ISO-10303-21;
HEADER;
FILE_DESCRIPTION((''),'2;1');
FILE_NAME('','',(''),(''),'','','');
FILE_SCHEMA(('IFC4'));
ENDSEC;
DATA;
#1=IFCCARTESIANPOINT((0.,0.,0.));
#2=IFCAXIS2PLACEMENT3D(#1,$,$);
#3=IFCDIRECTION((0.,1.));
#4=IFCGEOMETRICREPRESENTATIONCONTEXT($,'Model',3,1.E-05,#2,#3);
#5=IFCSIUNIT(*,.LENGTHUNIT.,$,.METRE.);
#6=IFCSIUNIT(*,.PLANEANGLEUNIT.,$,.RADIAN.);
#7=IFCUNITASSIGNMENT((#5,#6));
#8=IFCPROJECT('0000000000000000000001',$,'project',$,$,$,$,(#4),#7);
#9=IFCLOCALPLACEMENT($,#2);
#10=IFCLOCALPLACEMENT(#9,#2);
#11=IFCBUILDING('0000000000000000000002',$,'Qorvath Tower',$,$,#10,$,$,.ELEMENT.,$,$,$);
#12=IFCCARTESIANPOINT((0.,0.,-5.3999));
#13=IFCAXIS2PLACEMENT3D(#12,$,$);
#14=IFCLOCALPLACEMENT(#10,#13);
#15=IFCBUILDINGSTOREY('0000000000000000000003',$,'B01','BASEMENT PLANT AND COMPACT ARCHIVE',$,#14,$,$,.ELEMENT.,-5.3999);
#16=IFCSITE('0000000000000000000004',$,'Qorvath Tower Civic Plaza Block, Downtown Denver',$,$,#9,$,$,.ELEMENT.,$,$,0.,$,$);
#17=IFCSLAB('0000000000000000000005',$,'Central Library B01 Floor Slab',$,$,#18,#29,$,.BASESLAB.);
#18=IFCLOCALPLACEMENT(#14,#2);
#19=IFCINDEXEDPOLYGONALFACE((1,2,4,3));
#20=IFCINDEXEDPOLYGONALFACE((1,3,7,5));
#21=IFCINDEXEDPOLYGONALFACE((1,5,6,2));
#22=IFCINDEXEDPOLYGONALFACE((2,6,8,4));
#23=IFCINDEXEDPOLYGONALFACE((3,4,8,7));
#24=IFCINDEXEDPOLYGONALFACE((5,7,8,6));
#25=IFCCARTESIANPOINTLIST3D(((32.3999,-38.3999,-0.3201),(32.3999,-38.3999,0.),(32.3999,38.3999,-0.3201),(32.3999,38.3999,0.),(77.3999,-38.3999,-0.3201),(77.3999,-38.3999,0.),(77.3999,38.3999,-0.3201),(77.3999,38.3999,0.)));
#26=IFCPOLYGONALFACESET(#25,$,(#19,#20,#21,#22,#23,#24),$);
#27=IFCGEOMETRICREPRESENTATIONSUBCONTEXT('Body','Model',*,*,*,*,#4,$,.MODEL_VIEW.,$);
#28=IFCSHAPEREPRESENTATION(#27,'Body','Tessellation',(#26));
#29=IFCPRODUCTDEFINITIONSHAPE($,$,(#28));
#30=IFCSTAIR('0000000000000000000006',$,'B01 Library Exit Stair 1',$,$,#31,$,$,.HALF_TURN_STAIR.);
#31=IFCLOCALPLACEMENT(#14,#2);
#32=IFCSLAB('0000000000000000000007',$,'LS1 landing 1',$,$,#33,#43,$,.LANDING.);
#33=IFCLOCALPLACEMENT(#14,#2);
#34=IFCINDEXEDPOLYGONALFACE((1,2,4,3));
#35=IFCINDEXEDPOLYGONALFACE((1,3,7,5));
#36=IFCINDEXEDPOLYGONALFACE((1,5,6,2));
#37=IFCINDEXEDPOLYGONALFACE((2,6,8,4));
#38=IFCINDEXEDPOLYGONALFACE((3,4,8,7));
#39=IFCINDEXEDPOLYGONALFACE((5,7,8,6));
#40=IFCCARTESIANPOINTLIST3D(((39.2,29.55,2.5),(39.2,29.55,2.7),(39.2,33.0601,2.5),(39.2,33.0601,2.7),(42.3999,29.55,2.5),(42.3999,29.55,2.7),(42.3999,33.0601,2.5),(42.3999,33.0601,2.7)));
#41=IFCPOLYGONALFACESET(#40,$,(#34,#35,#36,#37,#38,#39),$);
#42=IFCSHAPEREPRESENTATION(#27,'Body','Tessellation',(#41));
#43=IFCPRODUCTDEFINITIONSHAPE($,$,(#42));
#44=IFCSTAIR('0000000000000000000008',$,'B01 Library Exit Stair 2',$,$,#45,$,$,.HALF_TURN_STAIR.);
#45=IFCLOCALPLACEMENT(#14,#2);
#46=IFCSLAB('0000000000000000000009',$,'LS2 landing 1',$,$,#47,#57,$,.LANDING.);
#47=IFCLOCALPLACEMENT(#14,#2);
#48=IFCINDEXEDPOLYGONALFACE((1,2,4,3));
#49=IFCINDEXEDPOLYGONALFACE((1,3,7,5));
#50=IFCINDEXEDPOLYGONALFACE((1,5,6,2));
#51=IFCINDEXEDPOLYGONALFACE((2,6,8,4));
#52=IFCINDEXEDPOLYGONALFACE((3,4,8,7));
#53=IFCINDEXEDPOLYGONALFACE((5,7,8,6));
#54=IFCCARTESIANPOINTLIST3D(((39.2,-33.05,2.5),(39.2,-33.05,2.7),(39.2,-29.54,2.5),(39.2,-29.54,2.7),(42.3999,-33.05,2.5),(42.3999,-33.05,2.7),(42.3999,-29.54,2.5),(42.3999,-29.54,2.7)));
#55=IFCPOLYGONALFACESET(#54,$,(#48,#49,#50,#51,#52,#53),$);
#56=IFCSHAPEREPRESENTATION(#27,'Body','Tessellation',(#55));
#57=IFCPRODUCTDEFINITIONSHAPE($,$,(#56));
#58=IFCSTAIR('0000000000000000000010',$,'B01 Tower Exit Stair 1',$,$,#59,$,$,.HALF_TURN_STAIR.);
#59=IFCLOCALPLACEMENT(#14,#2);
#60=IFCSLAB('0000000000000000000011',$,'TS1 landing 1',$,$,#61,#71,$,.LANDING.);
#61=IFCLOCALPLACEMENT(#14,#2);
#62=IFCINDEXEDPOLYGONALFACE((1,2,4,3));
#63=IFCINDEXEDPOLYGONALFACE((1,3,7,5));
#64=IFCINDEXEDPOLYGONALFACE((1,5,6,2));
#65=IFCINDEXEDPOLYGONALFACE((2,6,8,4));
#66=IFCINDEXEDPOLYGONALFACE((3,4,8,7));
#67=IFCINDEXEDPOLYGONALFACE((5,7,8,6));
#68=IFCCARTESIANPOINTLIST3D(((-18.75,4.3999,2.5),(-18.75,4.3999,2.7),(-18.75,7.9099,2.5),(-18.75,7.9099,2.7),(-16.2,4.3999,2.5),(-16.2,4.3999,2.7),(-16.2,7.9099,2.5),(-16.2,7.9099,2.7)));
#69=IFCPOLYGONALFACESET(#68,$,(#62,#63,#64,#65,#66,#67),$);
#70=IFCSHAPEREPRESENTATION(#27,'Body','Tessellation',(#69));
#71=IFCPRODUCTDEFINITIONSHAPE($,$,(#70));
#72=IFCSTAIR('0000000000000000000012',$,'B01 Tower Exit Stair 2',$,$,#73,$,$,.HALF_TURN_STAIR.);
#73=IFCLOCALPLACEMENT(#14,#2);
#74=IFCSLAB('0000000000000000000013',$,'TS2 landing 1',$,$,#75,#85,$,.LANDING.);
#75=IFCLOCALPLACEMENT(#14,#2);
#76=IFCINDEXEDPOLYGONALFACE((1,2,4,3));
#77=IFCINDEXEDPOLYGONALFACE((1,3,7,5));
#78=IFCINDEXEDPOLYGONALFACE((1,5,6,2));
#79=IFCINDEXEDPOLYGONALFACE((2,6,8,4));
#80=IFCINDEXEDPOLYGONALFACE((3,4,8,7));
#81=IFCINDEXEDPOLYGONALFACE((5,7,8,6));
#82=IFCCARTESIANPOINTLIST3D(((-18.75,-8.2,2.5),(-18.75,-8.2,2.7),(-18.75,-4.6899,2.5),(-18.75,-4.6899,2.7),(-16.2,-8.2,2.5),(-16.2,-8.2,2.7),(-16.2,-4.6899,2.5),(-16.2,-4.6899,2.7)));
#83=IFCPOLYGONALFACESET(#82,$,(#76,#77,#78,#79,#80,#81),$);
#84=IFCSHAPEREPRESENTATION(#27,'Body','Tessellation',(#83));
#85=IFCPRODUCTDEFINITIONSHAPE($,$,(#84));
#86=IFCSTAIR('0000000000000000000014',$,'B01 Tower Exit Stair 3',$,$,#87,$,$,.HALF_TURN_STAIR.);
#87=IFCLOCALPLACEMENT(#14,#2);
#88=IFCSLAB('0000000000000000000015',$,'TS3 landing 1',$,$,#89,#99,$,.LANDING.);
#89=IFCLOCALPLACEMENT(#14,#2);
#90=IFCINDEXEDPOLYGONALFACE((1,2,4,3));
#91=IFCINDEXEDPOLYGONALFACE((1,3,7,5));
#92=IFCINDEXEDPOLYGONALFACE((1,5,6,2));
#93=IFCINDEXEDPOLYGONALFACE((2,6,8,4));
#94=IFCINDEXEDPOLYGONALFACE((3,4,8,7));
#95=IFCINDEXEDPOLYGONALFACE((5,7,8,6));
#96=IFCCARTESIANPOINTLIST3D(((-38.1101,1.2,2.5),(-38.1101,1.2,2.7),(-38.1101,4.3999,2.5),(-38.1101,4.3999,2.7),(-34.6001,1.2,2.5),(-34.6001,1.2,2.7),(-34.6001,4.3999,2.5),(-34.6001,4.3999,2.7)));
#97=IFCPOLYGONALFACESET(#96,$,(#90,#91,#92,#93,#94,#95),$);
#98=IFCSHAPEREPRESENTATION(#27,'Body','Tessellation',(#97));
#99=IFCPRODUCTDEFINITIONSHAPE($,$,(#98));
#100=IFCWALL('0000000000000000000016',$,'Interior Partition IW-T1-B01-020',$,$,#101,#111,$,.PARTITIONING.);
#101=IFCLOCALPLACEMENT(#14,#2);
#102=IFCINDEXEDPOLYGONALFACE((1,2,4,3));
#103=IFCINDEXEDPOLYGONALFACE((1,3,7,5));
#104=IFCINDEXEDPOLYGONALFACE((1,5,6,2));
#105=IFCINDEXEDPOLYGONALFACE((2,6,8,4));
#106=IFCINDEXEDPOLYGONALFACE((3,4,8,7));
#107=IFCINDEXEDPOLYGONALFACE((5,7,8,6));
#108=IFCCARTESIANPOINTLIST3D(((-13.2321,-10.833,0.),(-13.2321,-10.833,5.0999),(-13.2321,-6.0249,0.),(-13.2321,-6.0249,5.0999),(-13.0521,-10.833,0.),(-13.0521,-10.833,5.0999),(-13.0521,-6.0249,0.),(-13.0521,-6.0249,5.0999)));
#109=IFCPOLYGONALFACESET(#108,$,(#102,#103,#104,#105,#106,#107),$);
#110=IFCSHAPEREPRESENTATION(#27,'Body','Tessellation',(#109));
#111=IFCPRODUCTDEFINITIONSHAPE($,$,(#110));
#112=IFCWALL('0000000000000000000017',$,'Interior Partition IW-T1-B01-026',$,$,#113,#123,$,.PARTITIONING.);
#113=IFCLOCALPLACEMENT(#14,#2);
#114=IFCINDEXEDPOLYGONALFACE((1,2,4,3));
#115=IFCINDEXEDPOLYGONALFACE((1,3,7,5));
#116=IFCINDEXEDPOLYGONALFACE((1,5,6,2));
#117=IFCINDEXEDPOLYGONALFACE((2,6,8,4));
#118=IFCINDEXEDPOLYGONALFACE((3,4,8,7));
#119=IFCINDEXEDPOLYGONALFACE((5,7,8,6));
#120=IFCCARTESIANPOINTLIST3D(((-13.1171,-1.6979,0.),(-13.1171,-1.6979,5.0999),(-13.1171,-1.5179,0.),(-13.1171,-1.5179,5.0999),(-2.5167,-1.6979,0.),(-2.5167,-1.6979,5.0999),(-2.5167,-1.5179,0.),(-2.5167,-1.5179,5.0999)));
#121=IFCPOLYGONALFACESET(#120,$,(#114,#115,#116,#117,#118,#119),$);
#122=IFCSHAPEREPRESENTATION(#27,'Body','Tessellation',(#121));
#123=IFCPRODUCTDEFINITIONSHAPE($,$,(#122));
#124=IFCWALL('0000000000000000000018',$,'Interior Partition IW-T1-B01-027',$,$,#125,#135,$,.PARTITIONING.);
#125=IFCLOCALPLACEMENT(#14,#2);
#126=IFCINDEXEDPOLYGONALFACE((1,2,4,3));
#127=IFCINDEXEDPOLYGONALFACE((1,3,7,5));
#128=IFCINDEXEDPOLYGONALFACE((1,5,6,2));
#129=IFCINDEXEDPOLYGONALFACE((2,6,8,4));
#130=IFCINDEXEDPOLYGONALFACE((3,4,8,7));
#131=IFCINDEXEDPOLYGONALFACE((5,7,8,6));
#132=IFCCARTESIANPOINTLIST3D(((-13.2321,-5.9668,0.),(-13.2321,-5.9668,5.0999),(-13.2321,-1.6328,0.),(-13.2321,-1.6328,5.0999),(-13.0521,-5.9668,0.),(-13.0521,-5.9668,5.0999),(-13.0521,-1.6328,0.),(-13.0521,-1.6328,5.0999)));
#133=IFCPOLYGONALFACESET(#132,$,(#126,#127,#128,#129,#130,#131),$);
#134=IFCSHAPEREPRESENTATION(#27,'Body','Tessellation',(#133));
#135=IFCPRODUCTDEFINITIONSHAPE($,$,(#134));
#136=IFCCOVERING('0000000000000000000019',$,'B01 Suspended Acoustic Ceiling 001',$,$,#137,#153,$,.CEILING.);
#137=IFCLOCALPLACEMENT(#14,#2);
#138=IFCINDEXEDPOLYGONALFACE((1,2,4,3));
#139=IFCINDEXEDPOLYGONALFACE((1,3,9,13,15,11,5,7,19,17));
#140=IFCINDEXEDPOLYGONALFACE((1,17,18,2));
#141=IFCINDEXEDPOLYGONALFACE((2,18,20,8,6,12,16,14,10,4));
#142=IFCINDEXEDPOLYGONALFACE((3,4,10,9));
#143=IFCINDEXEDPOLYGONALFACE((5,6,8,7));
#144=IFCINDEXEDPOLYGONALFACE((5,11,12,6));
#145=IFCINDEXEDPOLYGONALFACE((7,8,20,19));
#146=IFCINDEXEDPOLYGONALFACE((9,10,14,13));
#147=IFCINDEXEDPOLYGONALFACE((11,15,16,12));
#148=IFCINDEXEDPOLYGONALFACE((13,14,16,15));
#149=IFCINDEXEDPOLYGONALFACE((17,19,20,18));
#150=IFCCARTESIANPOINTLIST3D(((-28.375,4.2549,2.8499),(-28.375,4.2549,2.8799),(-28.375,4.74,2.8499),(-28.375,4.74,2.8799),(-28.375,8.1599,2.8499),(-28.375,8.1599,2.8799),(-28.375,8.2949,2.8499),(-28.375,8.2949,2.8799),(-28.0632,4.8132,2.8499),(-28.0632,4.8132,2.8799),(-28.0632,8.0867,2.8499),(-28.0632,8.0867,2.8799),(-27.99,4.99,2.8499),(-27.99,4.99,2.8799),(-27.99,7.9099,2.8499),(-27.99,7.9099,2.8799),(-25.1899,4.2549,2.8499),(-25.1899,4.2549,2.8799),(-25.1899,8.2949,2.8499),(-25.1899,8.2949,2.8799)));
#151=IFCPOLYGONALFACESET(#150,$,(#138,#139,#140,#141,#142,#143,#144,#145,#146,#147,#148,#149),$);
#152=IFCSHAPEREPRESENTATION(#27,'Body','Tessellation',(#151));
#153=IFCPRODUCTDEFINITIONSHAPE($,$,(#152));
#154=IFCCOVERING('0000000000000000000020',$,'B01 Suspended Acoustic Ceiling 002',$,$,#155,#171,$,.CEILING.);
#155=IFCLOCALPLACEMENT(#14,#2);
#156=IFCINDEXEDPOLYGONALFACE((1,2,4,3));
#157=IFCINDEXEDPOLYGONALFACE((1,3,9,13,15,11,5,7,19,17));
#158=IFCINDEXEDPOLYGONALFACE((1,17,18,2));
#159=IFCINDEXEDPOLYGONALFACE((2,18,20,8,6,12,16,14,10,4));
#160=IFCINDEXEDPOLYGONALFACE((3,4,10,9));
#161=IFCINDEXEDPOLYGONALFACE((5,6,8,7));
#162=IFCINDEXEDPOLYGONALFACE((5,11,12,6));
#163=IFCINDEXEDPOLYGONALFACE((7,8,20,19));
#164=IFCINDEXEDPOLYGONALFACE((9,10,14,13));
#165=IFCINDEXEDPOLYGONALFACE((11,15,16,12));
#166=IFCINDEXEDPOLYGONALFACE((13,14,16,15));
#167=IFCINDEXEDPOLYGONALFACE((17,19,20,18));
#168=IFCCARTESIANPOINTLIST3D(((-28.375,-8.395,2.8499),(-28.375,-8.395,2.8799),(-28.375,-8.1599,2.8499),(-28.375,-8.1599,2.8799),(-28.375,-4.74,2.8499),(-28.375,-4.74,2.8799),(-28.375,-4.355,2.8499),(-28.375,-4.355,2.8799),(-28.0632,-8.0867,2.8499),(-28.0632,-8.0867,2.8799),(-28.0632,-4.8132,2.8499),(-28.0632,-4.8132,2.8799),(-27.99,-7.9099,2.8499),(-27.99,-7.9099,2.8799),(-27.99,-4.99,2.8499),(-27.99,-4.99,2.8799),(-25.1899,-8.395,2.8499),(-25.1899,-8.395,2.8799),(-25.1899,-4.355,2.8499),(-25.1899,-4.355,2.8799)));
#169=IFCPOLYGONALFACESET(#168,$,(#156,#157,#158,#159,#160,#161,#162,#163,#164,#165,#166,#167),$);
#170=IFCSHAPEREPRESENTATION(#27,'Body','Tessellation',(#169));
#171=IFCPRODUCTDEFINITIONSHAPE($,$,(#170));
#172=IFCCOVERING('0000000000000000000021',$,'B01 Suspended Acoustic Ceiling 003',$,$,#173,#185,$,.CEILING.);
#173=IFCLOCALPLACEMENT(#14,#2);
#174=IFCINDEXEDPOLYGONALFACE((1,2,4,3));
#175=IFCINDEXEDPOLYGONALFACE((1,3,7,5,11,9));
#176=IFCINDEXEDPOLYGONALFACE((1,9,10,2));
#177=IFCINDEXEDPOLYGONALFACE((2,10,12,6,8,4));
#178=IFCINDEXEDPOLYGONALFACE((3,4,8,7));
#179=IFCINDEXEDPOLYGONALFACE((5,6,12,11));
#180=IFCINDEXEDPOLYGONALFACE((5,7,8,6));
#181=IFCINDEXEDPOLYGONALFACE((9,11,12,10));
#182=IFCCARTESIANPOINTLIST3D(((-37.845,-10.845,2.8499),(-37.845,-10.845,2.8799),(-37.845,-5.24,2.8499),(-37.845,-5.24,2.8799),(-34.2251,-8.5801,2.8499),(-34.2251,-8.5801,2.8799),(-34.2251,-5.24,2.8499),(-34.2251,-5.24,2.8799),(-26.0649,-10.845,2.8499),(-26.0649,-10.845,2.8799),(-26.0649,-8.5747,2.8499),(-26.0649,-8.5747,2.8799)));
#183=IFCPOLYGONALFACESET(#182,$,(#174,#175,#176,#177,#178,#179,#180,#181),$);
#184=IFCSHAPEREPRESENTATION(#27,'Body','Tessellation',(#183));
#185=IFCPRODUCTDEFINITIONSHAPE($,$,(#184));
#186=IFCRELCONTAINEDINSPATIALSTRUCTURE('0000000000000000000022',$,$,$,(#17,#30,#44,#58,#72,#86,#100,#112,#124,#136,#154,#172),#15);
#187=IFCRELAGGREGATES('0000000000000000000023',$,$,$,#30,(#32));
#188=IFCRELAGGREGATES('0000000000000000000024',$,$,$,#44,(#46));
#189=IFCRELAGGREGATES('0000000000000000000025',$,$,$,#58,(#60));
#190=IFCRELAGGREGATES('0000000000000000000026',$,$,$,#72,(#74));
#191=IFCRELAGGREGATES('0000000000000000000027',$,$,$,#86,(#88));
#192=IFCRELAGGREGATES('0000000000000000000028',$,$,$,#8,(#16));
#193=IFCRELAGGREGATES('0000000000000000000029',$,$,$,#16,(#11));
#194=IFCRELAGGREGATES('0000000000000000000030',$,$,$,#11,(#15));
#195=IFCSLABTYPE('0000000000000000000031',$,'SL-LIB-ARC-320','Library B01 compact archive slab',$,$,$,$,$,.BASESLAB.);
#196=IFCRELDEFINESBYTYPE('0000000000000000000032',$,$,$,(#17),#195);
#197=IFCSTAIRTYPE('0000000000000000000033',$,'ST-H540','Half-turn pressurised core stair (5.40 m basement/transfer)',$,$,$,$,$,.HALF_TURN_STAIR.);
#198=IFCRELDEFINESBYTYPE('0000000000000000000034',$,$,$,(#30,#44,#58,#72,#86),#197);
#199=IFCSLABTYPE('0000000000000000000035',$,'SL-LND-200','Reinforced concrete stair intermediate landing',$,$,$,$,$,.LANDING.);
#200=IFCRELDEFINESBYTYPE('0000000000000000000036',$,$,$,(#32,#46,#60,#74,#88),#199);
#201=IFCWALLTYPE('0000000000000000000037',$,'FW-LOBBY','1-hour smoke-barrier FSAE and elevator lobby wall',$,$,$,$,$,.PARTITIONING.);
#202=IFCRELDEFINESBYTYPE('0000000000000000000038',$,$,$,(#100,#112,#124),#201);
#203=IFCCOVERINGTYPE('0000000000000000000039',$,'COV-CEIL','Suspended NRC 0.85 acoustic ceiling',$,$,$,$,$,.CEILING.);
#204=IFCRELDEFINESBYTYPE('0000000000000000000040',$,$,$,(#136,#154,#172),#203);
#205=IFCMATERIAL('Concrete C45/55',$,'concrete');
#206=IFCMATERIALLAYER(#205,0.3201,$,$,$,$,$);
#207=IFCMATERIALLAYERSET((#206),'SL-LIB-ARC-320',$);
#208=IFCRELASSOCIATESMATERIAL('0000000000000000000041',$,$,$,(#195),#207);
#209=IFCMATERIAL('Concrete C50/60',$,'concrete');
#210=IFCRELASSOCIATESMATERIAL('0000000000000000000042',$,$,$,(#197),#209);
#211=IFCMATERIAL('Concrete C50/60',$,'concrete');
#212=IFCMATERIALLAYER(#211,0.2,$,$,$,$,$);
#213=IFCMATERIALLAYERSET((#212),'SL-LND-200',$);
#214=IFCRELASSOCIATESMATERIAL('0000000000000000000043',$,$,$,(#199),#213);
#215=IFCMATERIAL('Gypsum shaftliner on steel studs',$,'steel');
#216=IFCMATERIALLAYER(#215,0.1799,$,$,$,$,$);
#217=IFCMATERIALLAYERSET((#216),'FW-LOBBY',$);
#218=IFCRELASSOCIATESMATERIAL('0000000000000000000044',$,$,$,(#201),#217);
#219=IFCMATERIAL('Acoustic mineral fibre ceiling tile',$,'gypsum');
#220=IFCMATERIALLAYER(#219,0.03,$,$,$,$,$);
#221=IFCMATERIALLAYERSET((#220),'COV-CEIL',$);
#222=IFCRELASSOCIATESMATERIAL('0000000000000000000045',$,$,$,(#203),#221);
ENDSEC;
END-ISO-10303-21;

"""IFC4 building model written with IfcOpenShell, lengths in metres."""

from ifc_helpers import new_model, si_unit, direction, frame, frame_2d, origin, place, context, subcontext, project, spatial, polyline, rectangle, outline, extrude, material, layer, layer_set, type_object, element, aggregate, save


model = new_model("IFC4")

# Units and contexts
model_context = context("Model", 3, precision=1e-05, world=origin(), true_north=direction((0.0, 1.0)))
body_context = subcontext(model_context, "Body", "Model", "MODEL_VIEW")
ifc_project = project(units=[si_unit("LENGTHUNIT", "METRE"), si_unit("PLANEANGLEUNIT", "RADIAN")], contexts=[model_context])

# Site, building, storey
site_placement = place(None, origin())
site = spatial("IfcSite", under=ifc_project, at=site_placement, Name="Qorvath Tower Civic Plaza Block, Downtown Denver", CompositionType="ELEMENT", RefElevation=0.0)
building_placement = place(site_placement, origin())
building = spatial("IfcBuilding", under=site, at=building_placement, Name="Qorvath Tower", CompositionType="ELEMENT")
storey_placement = place(building_placement, frame((0.0, 0.0, -5.3999)))
storey = spatial("IfcBuildingStorey", under=building, at=storey_placement, Name="B01", Description="BASEMENT PLANT AND COMPACT ARCHIVE", CompositionType="ELEMENT", Elevation=-5.3999)

# Slab
ifc_material_1 = material(Name="Concrete C45/55", Category="concrete")
ifc_layer_1 = layer(ifc_material_1, 0.3201)
ifc_layer_set_1 = layer_set([ifc_layer_1], Name="SL-LIB-ARC-320")
slab_type_1 = type_object("IfcSlabType", Name="SL-LIB-ARC-320", Description="Library B01 compact archive slab", PredefinedType="BASESLAB", material=ifc_layer_set_1)
slab_1_placement = place(storey_placement, frame((0.0, 0.0, -0.3201)))
element("IfcSlab", 1, at=slab_1_placement, inside=storey, type_object=slab_type_1, Name="Central Library B01 Floor Slab", PredefinedType="BASESLAB", context=body_context, shape_type="SweptSolid", body=[
    extrude(outline(polyline([(77.3999, 38.3999), (32.3999, 38.3999), (32.3999, -38.3999), (77.3999, -38.3999), (77.3999, 38.3999)])), origin(), (0.0, 0.0, 1.0), 0.3201),
])

# Stairs, slabs
ifc_material_2 = material(Name="Concrete C50/60", Category="concrete")
stair_type = type_object("IfcStairType", Name="ST-H540", Description="Half-turn pressurised core stair (5.40 m basement/transfer)", PredefinedType="HALF_TURN_STAIR", material=ifc_material_2)
stair_1_placement = place(storey_placement, origin())
stair_1 = element("IfcStair", 2, at=stair_1_placement, inside=storey, type_object=stair_type, Name="B01 Library Exit Stair 1", PredefinedType="HALF_TURN_STAIR")
ifc_material_3 = material(Name="Concrete C50/60", Category="concrete")
ifc_layer_2 = layer(ifc_material_3, 0.2)
ifc_layer_set_2 = layer_set([ifc_layer_2], Name="SL-LND-200")
slab_type_2 = type_object("IfcSlabType", Name="SL-LND-200", Description="Reinforced concrete stair intermediate landing", PredefinedType="LANDING", material=ifc_layer_set_2)
slab_2_placement = place(storey_placement, frame((0.0, 0.0, 2.5)))
slab_2 = element("IfcSlab", 3, at=slab_2_placement, type_object=slab_type_2, Name="LS1 landing 1", PredefinedType="LANDING", context=body_context, shape_type="SweptSolid", body=[
    extrude(outline(polyline([(39.2, 29.55), (42.3999, 29.55), (42.3999, 33.0601), (39.2, 33.0601), (39.2, 29.55)])), origin(), (0.0, 0.0, 1.0), 0.2),
])
aggregate(stair_1, [slab_2])
stair_2_placement = place(storey_placement, origin())
stair_2 = element("IfcStair", 4, at=stair_2_placement, inside=storey, type_object=stair_type, Name="B01 Library Exit Stair 2", PredefinedType="HALF_TURN_STAIR")
slab_3_placement = place(storey_placement, frame((0.0, 0.0, 2.5)))
slab_3 = element("IfcSlab", 5, at=slab_3_placement, type_object=slab_type_2, Name="LS2 landing 1", PredefinedType="LANDING", context=body_context, shape_type="SweptSolid", body=[
    extrude(outline(polyline([(39.2, -33.05), (42.3999, -33.05), (42.3999, -29.54), (39.2, -29.54), (39.2, -33.05)])), origin(), (0.0, 0.0, 1.0), 0.2),
])
aggregate(stair_2, [slab_3])
stair_3_placement = place(storey_placement, origin())
stair_3 = element("IfcStair", 6, at=stair_3_placement, inside=storey, type_object=stair_type, Name="B01 Tower Exit Stair 1", PredefinedType="HALF_TURN_STAIR")
slab_4_placement = place(storey_placement, frame((0.0, 0.0, 2.5)))
slab_4 = element("IfcSlab", 7, at=slab_4_placement, type_object=slab_type_2, Name="TS1 landing 1", PredefinedType="LANDING", context=body_context, shape_type="SweptSolid", body=[
    extrude(outline(polyline([(-18.75, 4.3999), (-16.2, 4.3999), (-16.2, 7.9099), (-18.75, 7.9099), (-18.75, 4.3999)])), origin(), (0.0, 0.0, 1.0), 0.2),
])
aggregate(stair_3, [slab_4])
stair_4_placement = place(storey_placement, origin())
stair_4 = element("IfcStair", 8, at=stair_4_placement, inside=storey, type_object=stair_type, Name="B01 Tower Exit Stair 2", PredefinedType="HALF_TURN_STAIR")
slab_5_placement = place(storey_placement, frame((0.0, 0.0, 2.5)))
slab_5 = element("IfcSlab", 9, at=slab_5_placement, type_object=slab_type_2, Name="TS2 landing 1", PredefinedType="LANDING", context=body_context, shape_type="SweptSolid", body=[
    extrude(outline(polyline([(-18.75, -8.2), (-16.2, -8.2), (-16.2, -4.6899), (-18.75, -4.6899), (-18.75, -8.2)])), origin(), (0.0, 0.0, 1.0), 0.2),
])
aggregate(stair_4, [slab_5])
stair_5_placement = place(storey_placement, origin())
stair_5 = element("IfcStair", 10, at=stair_5_placement, inside=storey, type_object=stair_type, Name="B01 Tower Exit Stair 3", PredefinedType="HALF_TURN_STAIR")
slab_6_placement = place(storey_placement, frame((0.0, 0.0, 2.5)))
slab_6 = element("IfcSlab", 11, at=slab_6_placement, type_object=slab_type_2, Name="TS3 landing 1", PredefinedType="LANDING", context=body_context, shape_type="SweptSolid", body=[
    extrude(outline(polyline([(-34.6001, 1.2), (-34.6001, 4.3999), (-38.1101, 4.3999), (-38.1101, 1.2), (-34.6001, 1.2)])), origin(), (0.0, 0.0, 1.0), 0.2),
])
aggregate(stair_5, [slab_6])

# Walls
ifc_material_4 = material(Name="Gypsum shaftliner on steel studs", Category="steel")
ifc_layer_3 = layer(ifc_material_4, 0.1799)
ifc_layer_set_3 = layer_set([ifc_layer_3], Name="FW-LOBBY")
wall_type = type_object("IfcWallType", Name="FW-LOBBY", Description="1-hour smoke-barrier FSAE and elevator lobby wall", PredefinedType="PARTITIONING", material=ifc_layer_set_3)
wall_1_placement = place(storey_placement, frame((-13.1421, -6.0249, 0.0), z_axis=(0.0, 0.0, 1.0), x_axis=(0.0, -1.0, 0.0)))
element("IfcWall", 12, at=wall_1_placement, inside=storey, type_object=wall_type, Name="Interior Partition IW-T1-B01-020", PredefinedType="PARTITIONING", context=body_context, shape_type="SweptSolid", body=[
    extrude(rectangle(XDim=4.8081, YDim=0.1799, at=frame_2d((2.4041, 0.0))), origin(), (0.0, 0.0, 1.0), 5.0999),
])
wall_2_placement = place(storey_placement, frame((-13.1172, -1.6079, 0.0), z_axis=(0.0, 0.0, 1.0), x_axis=(1.0, 0.0, 0.0)))
element("IfcWall", 13, at=wall_2_placement, inside=storey, type_object=wall_type, Name="Interior Partition IW-T1-B01-026", PredefinedType="PARTITIONING", context=body_context, shape_type="SweptSolid", body=[
    extrude(rectangle(XDim=10.6003, YDim=0.1799, at=frame_2d((5.3003, 0.0))), origin(), (0.0, 0.0, 1.0), 5.0999),
])
wall_3_placement = place(storey_placement, frame((-13.1421, -1.6328, 0.0), z_axis=(0.0, 0.0, 1.0), x_axis=(0.0, -1.0, 0.0)))
element("IfcWall", 14, at=wall_3_placement, inside=storey, type_object=wall_type, Name="Interior Partition IW-T1-B01-027", PredefinedType="PARTITIONING", context=body_context, shape_type="SweptSolid", body=[
    extrude(rectangle(XDim=4.334, YDim=0.1799, at=frame_2d((2.167, 0.0))), origin(), (0.0, 0.0, 1.0), 5.0999),
])

# Coverings
ifc_material_5 = material(Name="Acoustic mineral fibre ceiling tile", Category="gypsum")
ifc_layer_4 = layer(ifc_material_5, 0.03)
ifc_layer_set_4 = layer_set([ifc_layer_4], Name="COV-CEIL")
covering_type_1 = type_object("IfcCoveringType", Name="COV-CEIL", Description="Suspended NRC 0.85 acoustic ceiling", PredefinedType="CEILING", material=ifc_layer_set_4)
covering_1_placement = place(storey_placement, frame((0.0, 0.0, 2.8499)))
element("IfcCovering", 15, at=covering_1_placement, inside=storey, type_object=covering_type_1, Name="B01 Suspended Acoustic Ceiling 001", PredefinedType="CEILING", context=body_context, shape_type="SweptSolid", body=[
    extrude(outline(polyline([(-25.1899, 4.2549), (-25.1899, 8.2949), (-28.375, 8.2949), (-28.375, 8.1599), (-28.0632, 8.0867), (-27.99, 7.9099), (-27.99, 4.99), (-28.0632, 4.8132), (-28.375, 4.74), (-28.375, 4.2549), (-25.1899, 4.2549)])), origin(), (0.0, 0.0, 1.0), 0.03),
])
covering_2_placement = place(storey_placement, frame((0.0, 0.0, 2.8499)))
element("IfcCovering", 16, at=covering_2_placement, inside=storey, type_object=covering_type_1, Name="B01 Suspended Acoustic Ceiling 002", PredefinedType="CEILING", context=body_context, shape_type="SweptSolid", body=[
    extrude(outline(polyline([(-25.1899, -8.395), (-25.1899, -4.355), (-28.375, -4.355), (-28.375, -4.74), (-28.0632, -4.8132), (-27.99, -4.99), (-27.99, -7.9099), (-28.0632, -8.0867), (-28.375, -8.1599), (-28.375, -8.395), (-25.1899, -8.395)])), origin(), (0.0, 0.0, 1.0), 0.03),
])
covering_3_placement = place(storey_placement, frame((0.0, 0.0, 2.8499)))
element("IfcCovering", 17, at=covering_3_placement, inside=storey, type_object=covering_type_1, Name="B01 Suspended Acoustic Ceiling 003", PredefinedType="CEILING", context=body_context, shape_type="SweptSolid", body=[
    extrude(outline(polyline([(-34.2251, -8.5801), (-34.2251, -5.24), (-37.845, -5.24), (-37.845, -10.845), (-26.0649, -10.845), (-26.0649, -8.5747), (-34.2251, -8.5801)])), origin(), (0.0, 0.0, 1.0), 0.03),
])

save(model, "model.ifc")
